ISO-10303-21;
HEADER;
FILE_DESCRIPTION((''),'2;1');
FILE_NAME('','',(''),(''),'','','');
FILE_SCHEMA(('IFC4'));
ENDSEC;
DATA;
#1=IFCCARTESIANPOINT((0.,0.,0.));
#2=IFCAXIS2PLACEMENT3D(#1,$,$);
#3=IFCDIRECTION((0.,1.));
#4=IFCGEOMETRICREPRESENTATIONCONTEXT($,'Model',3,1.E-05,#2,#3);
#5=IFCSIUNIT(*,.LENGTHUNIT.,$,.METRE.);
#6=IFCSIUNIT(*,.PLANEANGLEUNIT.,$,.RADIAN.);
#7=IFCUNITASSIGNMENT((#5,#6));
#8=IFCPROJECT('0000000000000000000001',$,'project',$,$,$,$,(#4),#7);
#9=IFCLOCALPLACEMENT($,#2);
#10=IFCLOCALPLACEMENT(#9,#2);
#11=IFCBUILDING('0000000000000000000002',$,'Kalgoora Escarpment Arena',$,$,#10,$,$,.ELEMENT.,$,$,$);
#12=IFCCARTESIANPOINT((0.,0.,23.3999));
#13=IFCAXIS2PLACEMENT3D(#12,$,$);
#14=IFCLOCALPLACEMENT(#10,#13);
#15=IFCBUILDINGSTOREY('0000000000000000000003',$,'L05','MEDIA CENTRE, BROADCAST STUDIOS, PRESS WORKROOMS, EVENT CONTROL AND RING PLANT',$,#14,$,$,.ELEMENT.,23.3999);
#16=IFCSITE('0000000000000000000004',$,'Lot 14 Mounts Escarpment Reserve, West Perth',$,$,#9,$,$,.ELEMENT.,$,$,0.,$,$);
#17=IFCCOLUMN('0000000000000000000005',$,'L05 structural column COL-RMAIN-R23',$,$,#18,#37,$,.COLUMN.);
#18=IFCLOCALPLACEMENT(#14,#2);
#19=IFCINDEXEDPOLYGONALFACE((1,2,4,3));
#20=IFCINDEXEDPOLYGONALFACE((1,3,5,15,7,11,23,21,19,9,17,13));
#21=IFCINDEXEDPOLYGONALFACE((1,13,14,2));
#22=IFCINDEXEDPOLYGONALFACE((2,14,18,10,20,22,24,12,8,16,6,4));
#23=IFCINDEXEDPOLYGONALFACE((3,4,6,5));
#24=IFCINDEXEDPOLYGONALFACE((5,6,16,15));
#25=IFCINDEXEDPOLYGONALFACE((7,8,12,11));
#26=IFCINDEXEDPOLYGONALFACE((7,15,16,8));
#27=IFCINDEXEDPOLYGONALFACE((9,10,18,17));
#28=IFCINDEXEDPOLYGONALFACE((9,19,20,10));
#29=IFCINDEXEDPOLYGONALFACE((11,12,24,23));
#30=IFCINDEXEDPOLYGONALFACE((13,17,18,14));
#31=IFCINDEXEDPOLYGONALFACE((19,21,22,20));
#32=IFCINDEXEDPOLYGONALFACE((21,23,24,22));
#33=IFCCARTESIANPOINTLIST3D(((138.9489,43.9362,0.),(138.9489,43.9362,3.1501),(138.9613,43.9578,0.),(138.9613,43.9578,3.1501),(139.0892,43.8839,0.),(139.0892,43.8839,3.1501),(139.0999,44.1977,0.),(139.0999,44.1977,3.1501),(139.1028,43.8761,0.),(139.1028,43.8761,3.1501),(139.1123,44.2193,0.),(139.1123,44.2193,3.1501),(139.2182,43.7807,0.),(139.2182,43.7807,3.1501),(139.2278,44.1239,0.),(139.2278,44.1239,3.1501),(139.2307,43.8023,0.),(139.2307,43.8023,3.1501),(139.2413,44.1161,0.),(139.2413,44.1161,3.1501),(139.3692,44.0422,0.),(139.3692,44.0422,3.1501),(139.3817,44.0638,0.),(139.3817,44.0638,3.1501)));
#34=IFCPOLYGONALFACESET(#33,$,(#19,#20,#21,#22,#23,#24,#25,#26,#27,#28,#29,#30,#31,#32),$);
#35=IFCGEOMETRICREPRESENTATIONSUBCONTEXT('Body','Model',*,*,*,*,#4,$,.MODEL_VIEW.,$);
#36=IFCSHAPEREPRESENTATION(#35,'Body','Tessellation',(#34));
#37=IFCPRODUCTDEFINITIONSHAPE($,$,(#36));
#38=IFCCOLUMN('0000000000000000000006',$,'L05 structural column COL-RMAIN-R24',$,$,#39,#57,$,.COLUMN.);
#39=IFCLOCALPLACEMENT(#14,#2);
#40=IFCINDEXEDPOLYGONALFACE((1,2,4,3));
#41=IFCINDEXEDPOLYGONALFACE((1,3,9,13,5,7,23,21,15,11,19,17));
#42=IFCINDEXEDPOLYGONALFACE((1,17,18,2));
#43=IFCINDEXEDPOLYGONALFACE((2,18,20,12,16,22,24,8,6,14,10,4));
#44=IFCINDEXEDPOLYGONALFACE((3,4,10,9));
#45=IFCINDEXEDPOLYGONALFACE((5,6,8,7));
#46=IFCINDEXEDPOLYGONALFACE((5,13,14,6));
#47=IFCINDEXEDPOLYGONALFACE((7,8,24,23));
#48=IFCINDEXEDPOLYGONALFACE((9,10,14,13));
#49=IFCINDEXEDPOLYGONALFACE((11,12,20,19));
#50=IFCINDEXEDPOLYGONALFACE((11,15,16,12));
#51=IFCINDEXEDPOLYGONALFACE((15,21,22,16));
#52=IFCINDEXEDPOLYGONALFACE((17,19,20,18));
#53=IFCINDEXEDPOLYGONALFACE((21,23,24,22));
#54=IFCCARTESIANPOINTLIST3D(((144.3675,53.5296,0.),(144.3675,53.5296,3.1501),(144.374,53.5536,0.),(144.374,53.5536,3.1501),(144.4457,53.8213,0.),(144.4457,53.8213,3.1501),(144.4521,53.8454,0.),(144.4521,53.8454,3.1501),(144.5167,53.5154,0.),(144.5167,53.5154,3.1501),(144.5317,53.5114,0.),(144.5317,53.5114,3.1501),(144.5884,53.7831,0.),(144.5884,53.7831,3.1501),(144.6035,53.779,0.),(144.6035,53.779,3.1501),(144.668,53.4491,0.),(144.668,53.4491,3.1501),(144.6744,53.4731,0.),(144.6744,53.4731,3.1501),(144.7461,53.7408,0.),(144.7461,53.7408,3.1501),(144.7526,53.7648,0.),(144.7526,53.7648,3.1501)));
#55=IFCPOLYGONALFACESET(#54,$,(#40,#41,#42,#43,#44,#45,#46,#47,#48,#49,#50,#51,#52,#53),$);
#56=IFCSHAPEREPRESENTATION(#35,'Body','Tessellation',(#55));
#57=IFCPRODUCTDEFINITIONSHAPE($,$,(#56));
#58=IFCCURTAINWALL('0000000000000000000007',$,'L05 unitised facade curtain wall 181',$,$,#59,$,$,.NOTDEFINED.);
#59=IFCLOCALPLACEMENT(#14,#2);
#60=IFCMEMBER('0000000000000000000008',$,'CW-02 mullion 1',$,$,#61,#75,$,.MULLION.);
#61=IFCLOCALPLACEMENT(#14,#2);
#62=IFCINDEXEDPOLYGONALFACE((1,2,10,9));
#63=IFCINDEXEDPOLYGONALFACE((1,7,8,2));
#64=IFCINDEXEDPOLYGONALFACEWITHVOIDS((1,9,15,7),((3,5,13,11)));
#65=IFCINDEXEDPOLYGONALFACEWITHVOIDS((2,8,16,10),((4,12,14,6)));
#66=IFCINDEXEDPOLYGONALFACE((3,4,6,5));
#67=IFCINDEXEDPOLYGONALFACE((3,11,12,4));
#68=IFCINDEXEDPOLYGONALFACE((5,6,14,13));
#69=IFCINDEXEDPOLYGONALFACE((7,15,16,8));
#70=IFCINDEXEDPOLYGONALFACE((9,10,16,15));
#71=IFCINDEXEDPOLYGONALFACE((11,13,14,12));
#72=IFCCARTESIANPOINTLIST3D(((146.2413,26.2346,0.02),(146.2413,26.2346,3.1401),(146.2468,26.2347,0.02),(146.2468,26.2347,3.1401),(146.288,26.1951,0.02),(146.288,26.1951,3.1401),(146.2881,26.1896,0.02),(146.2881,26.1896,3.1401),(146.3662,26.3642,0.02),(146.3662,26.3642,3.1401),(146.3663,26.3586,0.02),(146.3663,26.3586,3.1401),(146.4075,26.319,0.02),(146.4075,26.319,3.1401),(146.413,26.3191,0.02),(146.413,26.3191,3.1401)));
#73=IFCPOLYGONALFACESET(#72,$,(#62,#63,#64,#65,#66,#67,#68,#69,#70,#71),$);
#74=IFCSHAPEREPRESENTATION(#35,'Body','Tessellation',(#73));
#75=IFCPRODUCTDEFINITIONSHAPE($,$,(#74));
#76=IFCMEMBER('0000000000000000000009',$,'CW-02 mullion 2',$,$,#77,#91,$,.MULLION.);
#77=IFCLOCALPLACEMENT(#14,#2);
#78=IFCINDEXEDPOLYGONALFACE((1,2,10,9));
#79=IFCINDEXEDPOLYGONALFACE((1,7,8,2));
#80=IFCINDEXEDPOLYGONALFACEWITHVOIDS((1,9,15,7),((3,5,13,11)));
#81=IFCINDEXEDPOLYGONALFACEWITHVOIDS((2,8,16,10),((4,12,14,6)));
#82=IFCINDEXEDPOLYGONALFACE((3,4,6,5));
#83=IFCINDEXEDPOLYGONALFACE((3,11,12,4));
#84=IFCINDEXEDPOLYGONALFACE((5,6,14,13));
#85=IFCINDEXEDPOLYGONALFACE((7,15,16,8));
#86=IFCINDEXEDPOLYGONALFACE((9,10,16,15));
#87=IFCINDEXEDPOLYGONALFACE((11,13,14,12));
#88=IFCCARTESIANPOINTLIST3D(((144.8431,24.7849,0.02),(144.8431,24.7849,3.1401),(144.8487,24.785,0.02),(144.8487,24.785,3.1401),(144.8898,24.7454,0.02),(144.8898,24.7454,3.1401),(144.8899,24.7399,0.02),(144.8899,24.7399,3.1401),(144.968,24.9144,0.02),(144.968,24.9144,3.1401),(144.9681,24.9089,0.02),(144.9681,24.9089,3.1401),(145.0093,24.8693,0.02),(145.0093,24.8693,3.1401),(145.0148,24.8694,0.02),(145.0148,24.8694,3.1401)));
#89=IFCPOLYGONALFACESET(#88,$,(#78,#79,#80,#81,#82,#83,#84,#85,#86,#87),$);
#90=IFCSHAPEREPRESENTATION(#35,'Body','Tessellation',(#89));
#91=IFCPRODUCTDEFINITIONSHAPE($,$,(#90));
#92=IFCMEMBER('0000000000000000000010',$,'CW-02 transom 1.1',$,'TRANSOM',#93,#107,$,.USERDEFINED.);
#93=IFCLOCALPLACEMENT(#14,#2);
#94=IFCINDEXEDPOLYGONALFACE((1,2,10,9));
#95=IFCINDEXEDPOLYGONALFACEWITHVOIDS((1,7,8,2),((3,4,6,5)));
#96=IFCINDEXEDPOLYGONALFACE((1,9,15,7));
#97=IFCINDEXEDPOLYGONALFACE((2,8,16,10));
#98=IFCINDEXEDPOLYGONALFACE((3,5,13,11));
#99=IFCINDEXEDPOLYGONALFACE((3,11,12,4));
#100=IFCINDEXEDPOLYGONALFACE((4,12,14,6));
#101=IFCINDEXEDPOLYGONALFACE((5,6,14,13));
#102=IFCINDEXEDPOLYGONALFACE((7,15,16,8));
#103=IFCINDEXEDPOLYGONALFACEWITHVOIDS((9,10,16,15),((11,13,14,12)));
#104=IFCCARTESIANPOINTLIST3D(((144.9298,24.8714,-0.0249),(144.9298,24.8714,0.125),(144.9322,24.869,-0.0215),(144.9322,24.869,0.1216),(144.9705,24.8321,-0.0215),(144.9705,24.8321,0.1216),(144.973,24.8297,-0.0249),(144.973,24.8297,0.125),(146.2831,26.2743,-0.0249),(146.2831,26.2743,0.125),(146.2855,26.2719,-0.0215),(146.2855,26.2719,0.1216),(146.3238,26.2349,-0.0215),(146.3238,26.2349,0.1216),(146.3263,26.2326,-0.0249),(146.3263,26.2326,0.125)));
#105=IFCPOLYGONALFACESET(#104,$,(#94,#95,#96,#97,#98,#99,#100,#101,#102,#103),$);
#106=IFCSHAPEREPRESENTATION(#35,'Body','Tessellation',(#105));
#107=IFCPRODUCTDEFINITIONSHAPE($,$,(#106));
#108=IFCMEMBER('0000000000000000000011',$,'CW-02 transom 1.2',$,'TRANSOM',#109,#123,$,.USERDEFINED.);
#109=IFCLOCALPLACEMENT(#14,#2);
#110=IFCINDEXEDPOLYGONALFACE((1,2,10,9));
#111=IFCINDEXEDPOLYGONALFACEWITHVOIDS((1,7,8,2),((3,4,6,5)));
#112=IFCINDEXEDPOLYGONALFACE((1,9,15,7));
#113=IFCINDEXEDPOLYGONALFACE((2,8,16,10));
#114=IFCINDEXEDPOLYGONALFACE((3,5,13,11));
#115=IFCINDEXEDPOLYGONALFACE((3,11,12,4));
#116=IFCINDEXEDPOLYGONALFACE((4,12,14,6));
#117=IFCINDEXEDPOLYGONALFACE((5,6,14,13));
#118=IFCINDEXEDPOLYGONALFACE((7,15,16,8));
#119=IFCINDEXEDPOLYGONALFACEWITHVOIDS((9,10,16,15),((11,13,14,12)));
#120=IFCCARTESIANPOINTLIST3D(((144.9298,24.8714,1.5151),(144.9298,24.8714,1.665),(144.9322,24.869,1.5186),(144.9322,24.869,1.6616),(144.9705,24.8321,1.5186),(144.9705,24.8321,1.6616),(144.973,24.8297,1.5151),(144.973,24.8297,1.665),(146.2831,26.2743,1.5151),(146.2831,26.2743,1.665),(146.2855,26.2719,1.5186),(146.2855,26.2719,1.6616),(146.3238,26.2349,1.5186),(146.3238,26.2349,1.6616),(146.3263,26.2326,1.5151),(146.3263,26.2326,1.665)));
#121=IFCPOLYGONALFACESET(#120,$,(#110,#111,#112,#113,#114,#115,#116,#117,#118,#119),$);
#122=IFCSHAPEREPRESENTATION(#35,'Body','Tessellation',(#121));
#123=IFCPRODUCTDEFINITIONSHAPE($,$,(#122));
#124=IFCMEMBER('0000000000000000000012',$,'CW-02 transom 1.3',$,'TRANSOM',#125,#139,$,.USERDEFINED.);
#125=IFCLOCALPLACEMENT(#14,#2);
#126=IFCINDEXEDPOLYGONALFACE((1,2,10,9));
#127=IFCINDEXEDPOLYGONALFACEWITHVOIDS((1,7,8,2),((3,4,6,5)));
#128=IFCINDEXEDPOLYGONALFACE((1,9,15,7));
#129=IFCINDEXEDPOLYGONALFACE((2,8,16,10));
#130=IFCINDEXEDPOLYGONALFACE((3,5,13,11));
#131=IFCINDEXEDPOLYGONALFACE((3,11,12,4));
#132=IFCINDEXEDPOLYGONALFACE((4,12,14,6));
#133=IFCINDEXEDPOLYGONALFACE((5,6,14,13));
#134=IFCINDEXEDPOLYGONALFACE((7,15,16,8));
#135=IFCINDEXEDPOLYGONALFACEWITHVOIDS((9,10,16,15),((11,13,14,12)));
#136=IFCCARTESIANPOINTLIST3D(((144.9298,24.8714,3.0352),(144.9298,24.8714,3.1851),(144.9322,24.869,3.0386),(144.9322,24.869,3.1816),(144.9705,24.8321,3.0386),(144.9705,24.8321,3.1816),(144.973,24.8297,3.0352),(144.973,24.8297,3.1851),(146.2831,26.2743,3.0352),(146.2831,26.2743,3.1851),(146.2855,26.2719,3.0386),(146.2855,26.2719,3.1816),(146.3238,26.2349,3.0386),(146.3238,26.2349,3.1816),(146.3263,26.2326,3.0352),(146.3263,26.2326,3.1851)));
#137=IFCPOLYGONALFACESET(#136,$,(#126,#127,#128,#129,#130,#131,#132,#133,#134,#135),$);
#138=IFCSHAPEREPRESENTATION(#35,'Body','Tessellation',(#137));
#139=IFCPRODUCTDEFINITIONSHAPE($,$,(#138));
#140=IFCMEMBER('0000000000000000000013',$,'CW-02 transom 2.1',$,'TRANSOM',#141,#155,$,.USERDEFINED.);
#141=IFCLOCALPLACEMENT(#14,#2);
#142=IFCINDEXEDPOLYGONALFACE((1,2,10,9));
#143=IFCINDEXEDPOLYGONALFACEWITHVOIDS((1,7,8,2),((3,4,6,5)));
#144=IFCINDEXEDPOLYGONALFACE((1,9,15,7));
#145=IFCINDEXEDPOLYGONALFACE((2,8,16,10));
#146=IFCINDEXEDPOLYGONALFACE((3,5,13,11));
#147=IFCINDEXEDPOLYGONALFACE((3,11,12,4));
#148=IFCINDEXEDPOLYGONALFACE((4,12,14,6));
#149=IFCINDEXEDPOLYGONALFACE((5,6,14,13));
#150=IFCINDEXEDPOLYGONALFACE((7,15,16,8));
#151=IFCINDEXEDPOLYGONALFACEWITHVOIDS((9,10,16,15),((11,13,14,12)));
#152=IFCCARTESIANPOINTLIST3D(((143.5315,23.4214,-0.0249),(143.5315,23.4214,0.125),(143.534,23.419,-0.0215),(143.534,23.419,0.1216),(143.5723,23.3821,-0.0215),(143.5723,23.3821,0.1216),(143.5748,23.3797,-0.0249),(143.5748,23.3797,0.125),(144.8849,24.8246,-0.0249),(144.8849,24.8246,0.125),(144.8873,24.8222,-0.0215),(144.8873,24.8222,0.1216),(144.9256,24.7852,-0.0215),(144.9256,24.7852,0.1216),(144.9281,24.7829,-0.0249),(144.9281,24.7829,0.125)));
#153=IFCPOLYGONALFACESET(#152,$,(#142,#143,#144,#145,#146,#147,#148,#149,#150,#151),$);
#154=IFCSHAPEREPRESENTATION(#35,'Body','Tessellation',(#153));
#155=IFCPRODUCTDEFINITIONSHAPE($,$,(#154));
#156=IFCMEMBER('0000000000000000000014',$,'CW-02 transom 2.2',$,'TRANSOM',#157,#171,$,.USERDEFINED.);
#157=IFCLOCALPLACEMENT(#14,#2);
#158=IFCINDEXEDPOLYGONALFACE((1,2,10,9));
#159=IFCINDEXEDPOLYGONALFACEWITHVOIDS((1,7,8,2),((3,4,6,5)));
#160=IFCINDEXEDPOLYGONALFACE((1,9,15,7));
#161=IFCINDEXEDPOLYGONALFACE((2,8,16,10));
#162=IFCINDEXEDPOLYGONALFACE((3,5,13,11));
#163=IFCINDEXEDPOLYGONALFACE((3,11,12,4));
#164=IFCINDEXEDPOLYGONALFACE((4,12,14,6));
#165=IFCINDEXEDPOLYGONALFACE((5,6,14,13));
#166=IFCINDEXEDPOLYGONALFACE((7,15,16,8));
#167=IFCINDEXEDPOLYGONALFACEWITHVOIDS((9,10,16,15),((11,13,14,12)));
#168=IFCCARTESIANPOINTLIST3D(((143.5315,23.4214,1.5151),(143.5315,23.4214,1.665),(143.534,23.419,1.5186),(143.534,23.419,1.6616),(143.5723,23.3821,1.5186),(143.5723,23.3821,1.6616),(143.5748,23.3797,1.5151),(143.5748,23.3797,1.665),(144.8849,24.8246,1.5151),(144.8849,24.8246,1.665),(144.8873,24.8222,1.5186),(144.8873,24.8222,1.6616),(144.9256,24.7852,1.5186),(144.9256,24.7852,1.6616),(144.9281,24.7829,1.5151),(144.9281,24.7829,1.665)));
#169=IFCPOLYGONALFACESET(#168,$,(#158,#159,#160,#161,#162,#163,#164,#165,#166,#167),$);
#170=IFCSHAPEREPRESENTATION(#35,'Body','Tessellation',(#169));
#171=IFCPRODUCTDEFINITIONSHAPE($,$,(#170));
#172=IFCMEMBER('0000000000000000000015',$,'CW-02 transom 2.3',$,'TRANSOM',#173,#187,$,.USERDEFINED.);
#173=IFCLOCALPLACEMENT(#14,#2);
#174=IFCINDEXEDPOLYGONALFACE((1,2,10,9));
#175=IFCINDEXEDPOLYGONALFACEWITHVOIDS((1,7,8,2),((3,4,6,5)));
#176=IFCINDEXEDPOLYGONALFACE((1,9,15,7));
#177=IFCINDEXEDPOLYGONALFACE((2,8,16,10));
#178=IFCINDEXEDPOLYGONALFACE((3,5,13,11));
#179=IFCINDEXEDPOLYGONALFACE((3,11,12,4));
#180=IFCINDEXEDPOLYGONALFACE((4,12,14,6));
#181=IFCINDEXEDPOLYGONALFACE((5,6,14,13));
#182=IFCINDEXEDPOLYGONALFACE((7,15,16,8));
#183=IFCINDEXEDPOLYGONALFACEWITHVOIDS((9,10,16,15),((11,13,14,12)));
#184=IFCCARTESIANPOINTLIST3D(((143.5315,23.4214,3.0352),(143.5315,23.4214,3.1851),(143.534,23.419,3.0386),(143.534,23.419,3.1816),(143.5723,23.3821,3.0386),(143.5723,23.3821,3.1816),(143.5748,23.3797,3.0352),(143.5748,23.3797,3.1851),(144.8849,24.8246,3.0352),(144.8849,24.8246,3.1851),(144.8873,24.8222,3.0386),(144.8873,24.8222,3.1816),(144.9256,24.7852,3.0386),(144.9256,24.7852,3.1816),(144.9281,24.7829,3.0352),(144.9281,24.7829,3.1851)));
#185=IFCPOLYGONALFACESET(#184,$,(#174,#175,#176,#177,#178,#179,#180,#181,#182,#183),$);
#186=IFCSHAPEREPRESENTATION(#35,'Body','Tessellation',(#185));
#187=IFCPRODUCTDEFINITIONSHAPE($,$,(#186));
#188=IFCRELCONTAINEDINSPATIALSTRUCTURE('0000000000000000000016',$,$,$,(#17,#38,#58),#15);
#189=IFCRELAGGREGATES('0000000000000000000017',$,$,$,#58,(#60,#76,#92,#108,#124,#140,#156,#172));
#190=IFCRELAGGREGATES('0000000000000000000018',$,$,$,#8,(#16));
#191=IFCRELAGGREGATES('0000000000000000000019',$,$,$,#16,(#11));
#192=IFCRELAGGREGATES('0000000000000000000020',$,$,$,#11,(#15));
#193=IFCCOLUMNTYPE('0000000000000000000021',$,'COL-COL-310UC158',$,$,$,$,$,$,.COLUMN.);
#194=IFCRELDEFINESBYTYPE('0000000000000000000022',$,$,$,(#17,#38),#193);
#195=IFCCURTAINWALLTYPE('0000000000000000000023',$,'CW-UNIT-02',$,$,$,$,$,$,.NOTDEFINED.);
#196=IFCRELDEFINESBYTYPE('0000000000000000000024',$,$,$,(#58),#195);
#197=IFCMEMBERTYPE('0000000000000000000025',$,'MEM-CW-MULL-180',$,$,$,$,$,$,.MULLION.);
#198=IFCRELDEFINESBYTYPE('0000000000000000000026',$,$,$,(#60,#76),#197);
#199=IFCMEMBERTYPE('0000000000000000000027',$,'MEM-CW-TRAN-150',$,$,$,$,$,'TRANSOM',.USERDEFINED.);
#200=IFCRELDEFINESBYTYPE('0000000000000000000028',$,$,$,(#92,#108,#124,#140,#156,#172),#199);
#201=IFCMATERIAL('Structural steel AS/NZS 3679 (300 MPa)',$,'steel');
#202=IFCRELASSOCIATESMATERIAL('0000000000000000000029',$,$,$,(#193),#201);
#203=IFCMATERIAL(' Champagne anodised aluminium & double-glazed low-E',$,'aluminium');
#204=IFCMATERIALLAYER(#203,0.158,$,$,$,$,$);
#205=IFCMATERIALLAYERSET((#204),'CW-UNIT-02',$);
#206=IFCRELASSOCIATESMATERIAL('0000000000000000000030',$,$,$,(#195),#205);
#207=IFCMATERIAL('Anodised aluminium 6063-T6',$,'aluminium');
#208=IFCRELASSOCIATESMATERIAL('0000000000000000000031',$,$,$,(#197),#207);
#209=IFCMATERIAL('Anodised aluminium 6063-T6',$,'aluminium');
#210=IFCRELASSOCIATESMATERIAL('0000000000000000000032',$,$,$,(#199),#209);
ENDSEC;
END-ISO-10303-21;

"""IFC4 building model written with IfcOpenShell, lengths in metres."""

from ifc_helpers import new_model, si_unit, direction, frame, origin, origin_2d, place, context, subcontext, project, spatial, hollow_rectangle, i_section, extrude, material, layer, layer_set, material_profile, profile_set, type_object, element, aggregate, save


model = new_model("IFC4")

# Units and contexts
model_context = context("Model", 3, precision=1e-05, world=origin(), true_north=direction((0.0, 1.0)))
body_context = subcontext(model_context, "Body", "Model", "MODEL_VIEW")
ifc_project = project(units=[si_unit("LENGTHUNIT", "METRE"), si_unit("PLANEANGLEUNIT", "RADIAN")], contexts=[model_context])

# Site, building, storey
site_placement = place(None, origin())
site = spatial("IfcSite", under=ifc_project, at=site_placement, Name="Lot 14 Mounts Escarpment Reserve, West Perth", CompositionType="ELEMENT", RefElevation=0.0)
building_placement = place(site_placement, origin())
building = spatial("IfcBuilding", under=site, at=building_placement, Name="Kalgoora Escarpment Arena", CompositionType="ELEMENT")
storey_placement = place(building_placement, frame((0.0, 0.0, 23.3999)))
storey = spatial("IfcBuildingStorey", under=building, at=storey_placement, Name="L05", Description="MEDIA CENTRE, BROADCAST STUDIOS, PRESS WORKROOMS, EVENT CONTROL AND RING PLANT", CompositionType="ELEMENT", Elevation=23.3999)

# Columns
ifc_material_1 = material(Name="Structural steel AS/NZS 3679 (300 MPa)", Category="steel")
ifc_material_profile_1 = material_profile(ifc_material_1, i_section(OverallWidth=0.311, OverallDepth=0.3269, WebThickness=0.0156, FlangeThickness=0.0249, at=origin_2d()))
ifc_profile_set_1 = profile_set([ifc_material_profile_1], Name="Structural steel AS/NZS 3679 (300 MPa)")
column_type = type_object("IfcColumnType", Name="COL-COL-310UC158", PredefinedType="COLUMN", material=ifc_profile_set_1)
for number, where, z_axis, x_axis, name in (
    (1, (139.1653, 44.0, 0.0), (0.0, 0.0, 1.0), (0.866025, -0.5, 0.0), "L05 structural column COL-RMAIN-R23"),
    (2, (144.5601, 53.6472, 0.0), (0.0, 0.0, 1.0), (0.965926, -0.258819, 0.0), "L05 structural column COL-RMAIN-R24"),
):
    element("IfcColumn", number, at=place(storey_placement, frame(where, z_axis=z_axis, x_axis=x_axis)), inside=storey, type_object=column_type, Name=name, PredefinedType="COLUMN", context=body_context, shape_type="SweptSolid", body=[
        extrude(i_section(OverallWidth=0.311, OverallDepth=0.3269, WebThickness=0.0156, FlangeThickness=0.0249, at=origin_2d()), origin(), (0.0, 0.0, 1.0), 3.1501),
    ])

# Curtain wall, members
ifc_material_2 = material(Name=" Champagne anodised aluminium & double-glazed low-E", Category="aluminium")
ifc_layer_1 = layer(ifc_material_2, 0.158)
ifc_layer_set_1 = layer_set([ifc_layer_1], Name="CW-UNIT-02")
curtain_wall_type = type_object("IfcCurtainWallType", Name="CW-UNIT-02", PredefinedType="NOTDEFINED", material=ifc_layer_set_1)
curtain_wall_placement = place(storey_placement, origin())
curtain_wall = element("IfcCurtainWall", 3, at=curtain_wall_placement, inside=storey, type_object=curtain_wall_type, Name="L05 unitised facade curtain wall 181", PredefinedType="NOTDEFINED")
ifc_material_3 = material(Name="Anodised aluminium 6063-T6", Category="aluminium")
ifc_material_profile_2 = material_profile(ifc_material_3, hollow_rectangle(XDim=0.0649, YDim=0.1799, WallThickness=0.0039, at=origin_2d()))
ifc_profile_set_2 = profile_set([ifc_material_profile_2], Name="Anodised aluminium 6063-T6")
member_type_1 = type_object("IfcMemberType", Name="MEM-CW-MULL-180", PredefinedType="MULLION", material=ifc_profile_set_2)
member_1_placement = place(storey_placement, frame((146.3271, 26.2769, 0.02), z_axis=(0.0, 0.0, 1.0), x_axis=(0.71978, -0.694202, 0.0)))
member_1 = element("IfcMember", 4, at=member_1_placement, type_object=member_type_1, Name="CW-02 mullion 1", PredefinedType="MULLION", context=body_context, shape_type="SweptSolid", body=[
    extrude(hollow_rectangle(XDim=0.0649, YDim=0.1799, WallThickness=0.0039, at=origin_2d()), origin(), (0.0, 0.0, 1.0), 3.1201),
])
member_2_placement = place(storey_placement, frame((144.929, 24.8271, 0.02), z_axis=(0.0, 0.0, 1.0), x_axis=(0.71978, -0.694202, 0.0)))
member_2 = element("IfcMember", 5, at=member_2_placement, type_object=member_type_1, Name="CW-02 mullion 2", PredefinedType="MULLION", context=body_context, shape_type="SweptSolid", body=[
    extrude(hollow_rectangle(XDim=0.0649, YDim=0.1799, WallThickness=0.0039, at=origin_2d()), origin(), (0.0, 0.0, 1.0), 3.1201),
])
ifc_material_4 = material(Name="Anodised aluminium 6063-T6", Category="aluminium")
ifc_material_profile_3 = material_profile(ifc_material_4, hollow_rectangle(XDim=0.0601, YDim=0.1499, WallThickness=0.0034, at=origin_2d()))
ifc_profile_set_3 = profile_set([ifc_material_profile_3], Name="Anodised aluminium 6063-T6")
member_type_2 = type_object("IfcMemberType", Name="MEM-CW-TRAN-150", ElementType="TRANSOM", PredefinedType="USERDEFINED", material=ifc_profile_set_3)
member_3_placement = place(storey_placement, frame((146.3047, 26.2534, 0.05), z_axis=(-0.694279, -0.719706, 0.0), x_axis=(0.719706, -0.694279, 0.0)))
member_3 = element("IfcMember", 6, at=member_3_placement, type_object=member_type_2, Name="CW-02 transom 1.1", ObjectType="TRANSOM", PredefinedType="USERDEFINED", context=body_context, shape_type="SweptSolid", body=[
    extrude(hollow_rectangle(XDim=0.0601, YDim=0.1499, WallThickness=0.0034, at=origin_2d()), origin(), (0.0, 0.0, 1.0), 1.9492),
])
member_4_placement = place(storey_placement, frame((146.3047, 26.2534, 1.5901), z_axis=(-0.694279, -0.719706, 0.0), x_axis=(0.719706, -0.694279, 0.0)))
member_4 = element("IfcMember", 7, at=member_4_placement, type_object=member_type_2, Name="CW-02 transom 1.2", ObjectType="TRANSOM", PredefinedType="USERDEFINED", context=body_context, shape_type="SweptSolid", body=[
    extrude(hollow_rectangle(XDim=0.0601, YDim=0.1499, WallThickness=0.0034, at=origin_2d()), origin(), (0.0, 0.0, 1.0), 1.9492),
])
member_5_placement = place(storey_placement, frame((146.3047, 26.2534, 3.1101), z_axis=(-0.694279, -0.719706, 0.0), x_axis=(0.719706, -0.694279, 0.0)))
member_5 = element("IfcMember", 8, at=member_5_placement, type_object=member_type_2, Name="CW-02 transom 1.3", ObjectType="TRANSOM", PredefinedType="USERDEFINED", context=body_context, shape_type="SweptSolid", body=[
    extrude(hollow_rectangle(XDim=0.0601, YDim=0.1499, WallThickness=0.0034, at=origin_2d()), origin(), (0.0, 0.0, 1.0), 1.9492),
])
member_6_placement = place(storey_placement, frame((144.9065, 24.8037, 0.05), z_axis=(-0.694217, -0.719766, 0.0), x_axis=(0.719766, -0.694217, 0.0)))
member_6 = element("IfcMember", 9, at=member_6_placement, type_object=member_type_2, Name="CW-02 transom 2.1", ObjectType="TRANSOM", PredefinedType="USERDEFINED", context=body_context, shape_type="SweptSolid", body=[
    extrude(hollow_rectangle(XDim=0.0601, YDim=0.1499, WallThickness=0.0034, at=origin_2d()), origin(), (0.0, 0.0, 1.0), 1.9495),
])
member_7_placement = place(storey_placement, frame((144.9065, 24.8037, 1.5901), z_axis=(-0.694217, -0.719766, 0.0), x_axis=(0.719766, -0.694217, 0.0)))
member_7 = element("IfcMember", 10, at=member_7_placement, type_object=member_type_2, Name="CW-02 transom 2.2", ObjectType="TRANSOM", PredefinedType="USERDEFINED", context=body_context, shape_type="SweptSolid", body=[
    extrude(hollow_rectangle(XDim=0.0601, YDim=0.1499, WallThickness=0.0034, at=origin_2d()), origin(), (0.0, 0.0, 1.0), 1.9495),
])
member_8_placement = place(storey_placement, frame((144.9065, 24.8037, 3.1101), z_axis=(-0.694217, -0.719766, 0.0), x_axis=(0.719766, -0.694217, 0.0)))
member_8 = element("IfcMember", 11, at=member_8_placement, type_object=member_type_2, Name="CW-02 transom 2.3", ObjectType="TRANSOM", PredefinedType="USERDEFINED", context=body_context, shape_type="SweptSolid", body=[
    extrude(hollow_rectangle(XDim=0.0601, YDim=0.1499, WallThickness=0.0034, at=origin_2d()), origin(), (0.0, 0.0, 1.0), 1.9495),
])
aggregate(curtain_wall, [member_1, member_2, member_3, member_4, member_5, member_6, member_7, member_8])

save(model, "model.ifc")
